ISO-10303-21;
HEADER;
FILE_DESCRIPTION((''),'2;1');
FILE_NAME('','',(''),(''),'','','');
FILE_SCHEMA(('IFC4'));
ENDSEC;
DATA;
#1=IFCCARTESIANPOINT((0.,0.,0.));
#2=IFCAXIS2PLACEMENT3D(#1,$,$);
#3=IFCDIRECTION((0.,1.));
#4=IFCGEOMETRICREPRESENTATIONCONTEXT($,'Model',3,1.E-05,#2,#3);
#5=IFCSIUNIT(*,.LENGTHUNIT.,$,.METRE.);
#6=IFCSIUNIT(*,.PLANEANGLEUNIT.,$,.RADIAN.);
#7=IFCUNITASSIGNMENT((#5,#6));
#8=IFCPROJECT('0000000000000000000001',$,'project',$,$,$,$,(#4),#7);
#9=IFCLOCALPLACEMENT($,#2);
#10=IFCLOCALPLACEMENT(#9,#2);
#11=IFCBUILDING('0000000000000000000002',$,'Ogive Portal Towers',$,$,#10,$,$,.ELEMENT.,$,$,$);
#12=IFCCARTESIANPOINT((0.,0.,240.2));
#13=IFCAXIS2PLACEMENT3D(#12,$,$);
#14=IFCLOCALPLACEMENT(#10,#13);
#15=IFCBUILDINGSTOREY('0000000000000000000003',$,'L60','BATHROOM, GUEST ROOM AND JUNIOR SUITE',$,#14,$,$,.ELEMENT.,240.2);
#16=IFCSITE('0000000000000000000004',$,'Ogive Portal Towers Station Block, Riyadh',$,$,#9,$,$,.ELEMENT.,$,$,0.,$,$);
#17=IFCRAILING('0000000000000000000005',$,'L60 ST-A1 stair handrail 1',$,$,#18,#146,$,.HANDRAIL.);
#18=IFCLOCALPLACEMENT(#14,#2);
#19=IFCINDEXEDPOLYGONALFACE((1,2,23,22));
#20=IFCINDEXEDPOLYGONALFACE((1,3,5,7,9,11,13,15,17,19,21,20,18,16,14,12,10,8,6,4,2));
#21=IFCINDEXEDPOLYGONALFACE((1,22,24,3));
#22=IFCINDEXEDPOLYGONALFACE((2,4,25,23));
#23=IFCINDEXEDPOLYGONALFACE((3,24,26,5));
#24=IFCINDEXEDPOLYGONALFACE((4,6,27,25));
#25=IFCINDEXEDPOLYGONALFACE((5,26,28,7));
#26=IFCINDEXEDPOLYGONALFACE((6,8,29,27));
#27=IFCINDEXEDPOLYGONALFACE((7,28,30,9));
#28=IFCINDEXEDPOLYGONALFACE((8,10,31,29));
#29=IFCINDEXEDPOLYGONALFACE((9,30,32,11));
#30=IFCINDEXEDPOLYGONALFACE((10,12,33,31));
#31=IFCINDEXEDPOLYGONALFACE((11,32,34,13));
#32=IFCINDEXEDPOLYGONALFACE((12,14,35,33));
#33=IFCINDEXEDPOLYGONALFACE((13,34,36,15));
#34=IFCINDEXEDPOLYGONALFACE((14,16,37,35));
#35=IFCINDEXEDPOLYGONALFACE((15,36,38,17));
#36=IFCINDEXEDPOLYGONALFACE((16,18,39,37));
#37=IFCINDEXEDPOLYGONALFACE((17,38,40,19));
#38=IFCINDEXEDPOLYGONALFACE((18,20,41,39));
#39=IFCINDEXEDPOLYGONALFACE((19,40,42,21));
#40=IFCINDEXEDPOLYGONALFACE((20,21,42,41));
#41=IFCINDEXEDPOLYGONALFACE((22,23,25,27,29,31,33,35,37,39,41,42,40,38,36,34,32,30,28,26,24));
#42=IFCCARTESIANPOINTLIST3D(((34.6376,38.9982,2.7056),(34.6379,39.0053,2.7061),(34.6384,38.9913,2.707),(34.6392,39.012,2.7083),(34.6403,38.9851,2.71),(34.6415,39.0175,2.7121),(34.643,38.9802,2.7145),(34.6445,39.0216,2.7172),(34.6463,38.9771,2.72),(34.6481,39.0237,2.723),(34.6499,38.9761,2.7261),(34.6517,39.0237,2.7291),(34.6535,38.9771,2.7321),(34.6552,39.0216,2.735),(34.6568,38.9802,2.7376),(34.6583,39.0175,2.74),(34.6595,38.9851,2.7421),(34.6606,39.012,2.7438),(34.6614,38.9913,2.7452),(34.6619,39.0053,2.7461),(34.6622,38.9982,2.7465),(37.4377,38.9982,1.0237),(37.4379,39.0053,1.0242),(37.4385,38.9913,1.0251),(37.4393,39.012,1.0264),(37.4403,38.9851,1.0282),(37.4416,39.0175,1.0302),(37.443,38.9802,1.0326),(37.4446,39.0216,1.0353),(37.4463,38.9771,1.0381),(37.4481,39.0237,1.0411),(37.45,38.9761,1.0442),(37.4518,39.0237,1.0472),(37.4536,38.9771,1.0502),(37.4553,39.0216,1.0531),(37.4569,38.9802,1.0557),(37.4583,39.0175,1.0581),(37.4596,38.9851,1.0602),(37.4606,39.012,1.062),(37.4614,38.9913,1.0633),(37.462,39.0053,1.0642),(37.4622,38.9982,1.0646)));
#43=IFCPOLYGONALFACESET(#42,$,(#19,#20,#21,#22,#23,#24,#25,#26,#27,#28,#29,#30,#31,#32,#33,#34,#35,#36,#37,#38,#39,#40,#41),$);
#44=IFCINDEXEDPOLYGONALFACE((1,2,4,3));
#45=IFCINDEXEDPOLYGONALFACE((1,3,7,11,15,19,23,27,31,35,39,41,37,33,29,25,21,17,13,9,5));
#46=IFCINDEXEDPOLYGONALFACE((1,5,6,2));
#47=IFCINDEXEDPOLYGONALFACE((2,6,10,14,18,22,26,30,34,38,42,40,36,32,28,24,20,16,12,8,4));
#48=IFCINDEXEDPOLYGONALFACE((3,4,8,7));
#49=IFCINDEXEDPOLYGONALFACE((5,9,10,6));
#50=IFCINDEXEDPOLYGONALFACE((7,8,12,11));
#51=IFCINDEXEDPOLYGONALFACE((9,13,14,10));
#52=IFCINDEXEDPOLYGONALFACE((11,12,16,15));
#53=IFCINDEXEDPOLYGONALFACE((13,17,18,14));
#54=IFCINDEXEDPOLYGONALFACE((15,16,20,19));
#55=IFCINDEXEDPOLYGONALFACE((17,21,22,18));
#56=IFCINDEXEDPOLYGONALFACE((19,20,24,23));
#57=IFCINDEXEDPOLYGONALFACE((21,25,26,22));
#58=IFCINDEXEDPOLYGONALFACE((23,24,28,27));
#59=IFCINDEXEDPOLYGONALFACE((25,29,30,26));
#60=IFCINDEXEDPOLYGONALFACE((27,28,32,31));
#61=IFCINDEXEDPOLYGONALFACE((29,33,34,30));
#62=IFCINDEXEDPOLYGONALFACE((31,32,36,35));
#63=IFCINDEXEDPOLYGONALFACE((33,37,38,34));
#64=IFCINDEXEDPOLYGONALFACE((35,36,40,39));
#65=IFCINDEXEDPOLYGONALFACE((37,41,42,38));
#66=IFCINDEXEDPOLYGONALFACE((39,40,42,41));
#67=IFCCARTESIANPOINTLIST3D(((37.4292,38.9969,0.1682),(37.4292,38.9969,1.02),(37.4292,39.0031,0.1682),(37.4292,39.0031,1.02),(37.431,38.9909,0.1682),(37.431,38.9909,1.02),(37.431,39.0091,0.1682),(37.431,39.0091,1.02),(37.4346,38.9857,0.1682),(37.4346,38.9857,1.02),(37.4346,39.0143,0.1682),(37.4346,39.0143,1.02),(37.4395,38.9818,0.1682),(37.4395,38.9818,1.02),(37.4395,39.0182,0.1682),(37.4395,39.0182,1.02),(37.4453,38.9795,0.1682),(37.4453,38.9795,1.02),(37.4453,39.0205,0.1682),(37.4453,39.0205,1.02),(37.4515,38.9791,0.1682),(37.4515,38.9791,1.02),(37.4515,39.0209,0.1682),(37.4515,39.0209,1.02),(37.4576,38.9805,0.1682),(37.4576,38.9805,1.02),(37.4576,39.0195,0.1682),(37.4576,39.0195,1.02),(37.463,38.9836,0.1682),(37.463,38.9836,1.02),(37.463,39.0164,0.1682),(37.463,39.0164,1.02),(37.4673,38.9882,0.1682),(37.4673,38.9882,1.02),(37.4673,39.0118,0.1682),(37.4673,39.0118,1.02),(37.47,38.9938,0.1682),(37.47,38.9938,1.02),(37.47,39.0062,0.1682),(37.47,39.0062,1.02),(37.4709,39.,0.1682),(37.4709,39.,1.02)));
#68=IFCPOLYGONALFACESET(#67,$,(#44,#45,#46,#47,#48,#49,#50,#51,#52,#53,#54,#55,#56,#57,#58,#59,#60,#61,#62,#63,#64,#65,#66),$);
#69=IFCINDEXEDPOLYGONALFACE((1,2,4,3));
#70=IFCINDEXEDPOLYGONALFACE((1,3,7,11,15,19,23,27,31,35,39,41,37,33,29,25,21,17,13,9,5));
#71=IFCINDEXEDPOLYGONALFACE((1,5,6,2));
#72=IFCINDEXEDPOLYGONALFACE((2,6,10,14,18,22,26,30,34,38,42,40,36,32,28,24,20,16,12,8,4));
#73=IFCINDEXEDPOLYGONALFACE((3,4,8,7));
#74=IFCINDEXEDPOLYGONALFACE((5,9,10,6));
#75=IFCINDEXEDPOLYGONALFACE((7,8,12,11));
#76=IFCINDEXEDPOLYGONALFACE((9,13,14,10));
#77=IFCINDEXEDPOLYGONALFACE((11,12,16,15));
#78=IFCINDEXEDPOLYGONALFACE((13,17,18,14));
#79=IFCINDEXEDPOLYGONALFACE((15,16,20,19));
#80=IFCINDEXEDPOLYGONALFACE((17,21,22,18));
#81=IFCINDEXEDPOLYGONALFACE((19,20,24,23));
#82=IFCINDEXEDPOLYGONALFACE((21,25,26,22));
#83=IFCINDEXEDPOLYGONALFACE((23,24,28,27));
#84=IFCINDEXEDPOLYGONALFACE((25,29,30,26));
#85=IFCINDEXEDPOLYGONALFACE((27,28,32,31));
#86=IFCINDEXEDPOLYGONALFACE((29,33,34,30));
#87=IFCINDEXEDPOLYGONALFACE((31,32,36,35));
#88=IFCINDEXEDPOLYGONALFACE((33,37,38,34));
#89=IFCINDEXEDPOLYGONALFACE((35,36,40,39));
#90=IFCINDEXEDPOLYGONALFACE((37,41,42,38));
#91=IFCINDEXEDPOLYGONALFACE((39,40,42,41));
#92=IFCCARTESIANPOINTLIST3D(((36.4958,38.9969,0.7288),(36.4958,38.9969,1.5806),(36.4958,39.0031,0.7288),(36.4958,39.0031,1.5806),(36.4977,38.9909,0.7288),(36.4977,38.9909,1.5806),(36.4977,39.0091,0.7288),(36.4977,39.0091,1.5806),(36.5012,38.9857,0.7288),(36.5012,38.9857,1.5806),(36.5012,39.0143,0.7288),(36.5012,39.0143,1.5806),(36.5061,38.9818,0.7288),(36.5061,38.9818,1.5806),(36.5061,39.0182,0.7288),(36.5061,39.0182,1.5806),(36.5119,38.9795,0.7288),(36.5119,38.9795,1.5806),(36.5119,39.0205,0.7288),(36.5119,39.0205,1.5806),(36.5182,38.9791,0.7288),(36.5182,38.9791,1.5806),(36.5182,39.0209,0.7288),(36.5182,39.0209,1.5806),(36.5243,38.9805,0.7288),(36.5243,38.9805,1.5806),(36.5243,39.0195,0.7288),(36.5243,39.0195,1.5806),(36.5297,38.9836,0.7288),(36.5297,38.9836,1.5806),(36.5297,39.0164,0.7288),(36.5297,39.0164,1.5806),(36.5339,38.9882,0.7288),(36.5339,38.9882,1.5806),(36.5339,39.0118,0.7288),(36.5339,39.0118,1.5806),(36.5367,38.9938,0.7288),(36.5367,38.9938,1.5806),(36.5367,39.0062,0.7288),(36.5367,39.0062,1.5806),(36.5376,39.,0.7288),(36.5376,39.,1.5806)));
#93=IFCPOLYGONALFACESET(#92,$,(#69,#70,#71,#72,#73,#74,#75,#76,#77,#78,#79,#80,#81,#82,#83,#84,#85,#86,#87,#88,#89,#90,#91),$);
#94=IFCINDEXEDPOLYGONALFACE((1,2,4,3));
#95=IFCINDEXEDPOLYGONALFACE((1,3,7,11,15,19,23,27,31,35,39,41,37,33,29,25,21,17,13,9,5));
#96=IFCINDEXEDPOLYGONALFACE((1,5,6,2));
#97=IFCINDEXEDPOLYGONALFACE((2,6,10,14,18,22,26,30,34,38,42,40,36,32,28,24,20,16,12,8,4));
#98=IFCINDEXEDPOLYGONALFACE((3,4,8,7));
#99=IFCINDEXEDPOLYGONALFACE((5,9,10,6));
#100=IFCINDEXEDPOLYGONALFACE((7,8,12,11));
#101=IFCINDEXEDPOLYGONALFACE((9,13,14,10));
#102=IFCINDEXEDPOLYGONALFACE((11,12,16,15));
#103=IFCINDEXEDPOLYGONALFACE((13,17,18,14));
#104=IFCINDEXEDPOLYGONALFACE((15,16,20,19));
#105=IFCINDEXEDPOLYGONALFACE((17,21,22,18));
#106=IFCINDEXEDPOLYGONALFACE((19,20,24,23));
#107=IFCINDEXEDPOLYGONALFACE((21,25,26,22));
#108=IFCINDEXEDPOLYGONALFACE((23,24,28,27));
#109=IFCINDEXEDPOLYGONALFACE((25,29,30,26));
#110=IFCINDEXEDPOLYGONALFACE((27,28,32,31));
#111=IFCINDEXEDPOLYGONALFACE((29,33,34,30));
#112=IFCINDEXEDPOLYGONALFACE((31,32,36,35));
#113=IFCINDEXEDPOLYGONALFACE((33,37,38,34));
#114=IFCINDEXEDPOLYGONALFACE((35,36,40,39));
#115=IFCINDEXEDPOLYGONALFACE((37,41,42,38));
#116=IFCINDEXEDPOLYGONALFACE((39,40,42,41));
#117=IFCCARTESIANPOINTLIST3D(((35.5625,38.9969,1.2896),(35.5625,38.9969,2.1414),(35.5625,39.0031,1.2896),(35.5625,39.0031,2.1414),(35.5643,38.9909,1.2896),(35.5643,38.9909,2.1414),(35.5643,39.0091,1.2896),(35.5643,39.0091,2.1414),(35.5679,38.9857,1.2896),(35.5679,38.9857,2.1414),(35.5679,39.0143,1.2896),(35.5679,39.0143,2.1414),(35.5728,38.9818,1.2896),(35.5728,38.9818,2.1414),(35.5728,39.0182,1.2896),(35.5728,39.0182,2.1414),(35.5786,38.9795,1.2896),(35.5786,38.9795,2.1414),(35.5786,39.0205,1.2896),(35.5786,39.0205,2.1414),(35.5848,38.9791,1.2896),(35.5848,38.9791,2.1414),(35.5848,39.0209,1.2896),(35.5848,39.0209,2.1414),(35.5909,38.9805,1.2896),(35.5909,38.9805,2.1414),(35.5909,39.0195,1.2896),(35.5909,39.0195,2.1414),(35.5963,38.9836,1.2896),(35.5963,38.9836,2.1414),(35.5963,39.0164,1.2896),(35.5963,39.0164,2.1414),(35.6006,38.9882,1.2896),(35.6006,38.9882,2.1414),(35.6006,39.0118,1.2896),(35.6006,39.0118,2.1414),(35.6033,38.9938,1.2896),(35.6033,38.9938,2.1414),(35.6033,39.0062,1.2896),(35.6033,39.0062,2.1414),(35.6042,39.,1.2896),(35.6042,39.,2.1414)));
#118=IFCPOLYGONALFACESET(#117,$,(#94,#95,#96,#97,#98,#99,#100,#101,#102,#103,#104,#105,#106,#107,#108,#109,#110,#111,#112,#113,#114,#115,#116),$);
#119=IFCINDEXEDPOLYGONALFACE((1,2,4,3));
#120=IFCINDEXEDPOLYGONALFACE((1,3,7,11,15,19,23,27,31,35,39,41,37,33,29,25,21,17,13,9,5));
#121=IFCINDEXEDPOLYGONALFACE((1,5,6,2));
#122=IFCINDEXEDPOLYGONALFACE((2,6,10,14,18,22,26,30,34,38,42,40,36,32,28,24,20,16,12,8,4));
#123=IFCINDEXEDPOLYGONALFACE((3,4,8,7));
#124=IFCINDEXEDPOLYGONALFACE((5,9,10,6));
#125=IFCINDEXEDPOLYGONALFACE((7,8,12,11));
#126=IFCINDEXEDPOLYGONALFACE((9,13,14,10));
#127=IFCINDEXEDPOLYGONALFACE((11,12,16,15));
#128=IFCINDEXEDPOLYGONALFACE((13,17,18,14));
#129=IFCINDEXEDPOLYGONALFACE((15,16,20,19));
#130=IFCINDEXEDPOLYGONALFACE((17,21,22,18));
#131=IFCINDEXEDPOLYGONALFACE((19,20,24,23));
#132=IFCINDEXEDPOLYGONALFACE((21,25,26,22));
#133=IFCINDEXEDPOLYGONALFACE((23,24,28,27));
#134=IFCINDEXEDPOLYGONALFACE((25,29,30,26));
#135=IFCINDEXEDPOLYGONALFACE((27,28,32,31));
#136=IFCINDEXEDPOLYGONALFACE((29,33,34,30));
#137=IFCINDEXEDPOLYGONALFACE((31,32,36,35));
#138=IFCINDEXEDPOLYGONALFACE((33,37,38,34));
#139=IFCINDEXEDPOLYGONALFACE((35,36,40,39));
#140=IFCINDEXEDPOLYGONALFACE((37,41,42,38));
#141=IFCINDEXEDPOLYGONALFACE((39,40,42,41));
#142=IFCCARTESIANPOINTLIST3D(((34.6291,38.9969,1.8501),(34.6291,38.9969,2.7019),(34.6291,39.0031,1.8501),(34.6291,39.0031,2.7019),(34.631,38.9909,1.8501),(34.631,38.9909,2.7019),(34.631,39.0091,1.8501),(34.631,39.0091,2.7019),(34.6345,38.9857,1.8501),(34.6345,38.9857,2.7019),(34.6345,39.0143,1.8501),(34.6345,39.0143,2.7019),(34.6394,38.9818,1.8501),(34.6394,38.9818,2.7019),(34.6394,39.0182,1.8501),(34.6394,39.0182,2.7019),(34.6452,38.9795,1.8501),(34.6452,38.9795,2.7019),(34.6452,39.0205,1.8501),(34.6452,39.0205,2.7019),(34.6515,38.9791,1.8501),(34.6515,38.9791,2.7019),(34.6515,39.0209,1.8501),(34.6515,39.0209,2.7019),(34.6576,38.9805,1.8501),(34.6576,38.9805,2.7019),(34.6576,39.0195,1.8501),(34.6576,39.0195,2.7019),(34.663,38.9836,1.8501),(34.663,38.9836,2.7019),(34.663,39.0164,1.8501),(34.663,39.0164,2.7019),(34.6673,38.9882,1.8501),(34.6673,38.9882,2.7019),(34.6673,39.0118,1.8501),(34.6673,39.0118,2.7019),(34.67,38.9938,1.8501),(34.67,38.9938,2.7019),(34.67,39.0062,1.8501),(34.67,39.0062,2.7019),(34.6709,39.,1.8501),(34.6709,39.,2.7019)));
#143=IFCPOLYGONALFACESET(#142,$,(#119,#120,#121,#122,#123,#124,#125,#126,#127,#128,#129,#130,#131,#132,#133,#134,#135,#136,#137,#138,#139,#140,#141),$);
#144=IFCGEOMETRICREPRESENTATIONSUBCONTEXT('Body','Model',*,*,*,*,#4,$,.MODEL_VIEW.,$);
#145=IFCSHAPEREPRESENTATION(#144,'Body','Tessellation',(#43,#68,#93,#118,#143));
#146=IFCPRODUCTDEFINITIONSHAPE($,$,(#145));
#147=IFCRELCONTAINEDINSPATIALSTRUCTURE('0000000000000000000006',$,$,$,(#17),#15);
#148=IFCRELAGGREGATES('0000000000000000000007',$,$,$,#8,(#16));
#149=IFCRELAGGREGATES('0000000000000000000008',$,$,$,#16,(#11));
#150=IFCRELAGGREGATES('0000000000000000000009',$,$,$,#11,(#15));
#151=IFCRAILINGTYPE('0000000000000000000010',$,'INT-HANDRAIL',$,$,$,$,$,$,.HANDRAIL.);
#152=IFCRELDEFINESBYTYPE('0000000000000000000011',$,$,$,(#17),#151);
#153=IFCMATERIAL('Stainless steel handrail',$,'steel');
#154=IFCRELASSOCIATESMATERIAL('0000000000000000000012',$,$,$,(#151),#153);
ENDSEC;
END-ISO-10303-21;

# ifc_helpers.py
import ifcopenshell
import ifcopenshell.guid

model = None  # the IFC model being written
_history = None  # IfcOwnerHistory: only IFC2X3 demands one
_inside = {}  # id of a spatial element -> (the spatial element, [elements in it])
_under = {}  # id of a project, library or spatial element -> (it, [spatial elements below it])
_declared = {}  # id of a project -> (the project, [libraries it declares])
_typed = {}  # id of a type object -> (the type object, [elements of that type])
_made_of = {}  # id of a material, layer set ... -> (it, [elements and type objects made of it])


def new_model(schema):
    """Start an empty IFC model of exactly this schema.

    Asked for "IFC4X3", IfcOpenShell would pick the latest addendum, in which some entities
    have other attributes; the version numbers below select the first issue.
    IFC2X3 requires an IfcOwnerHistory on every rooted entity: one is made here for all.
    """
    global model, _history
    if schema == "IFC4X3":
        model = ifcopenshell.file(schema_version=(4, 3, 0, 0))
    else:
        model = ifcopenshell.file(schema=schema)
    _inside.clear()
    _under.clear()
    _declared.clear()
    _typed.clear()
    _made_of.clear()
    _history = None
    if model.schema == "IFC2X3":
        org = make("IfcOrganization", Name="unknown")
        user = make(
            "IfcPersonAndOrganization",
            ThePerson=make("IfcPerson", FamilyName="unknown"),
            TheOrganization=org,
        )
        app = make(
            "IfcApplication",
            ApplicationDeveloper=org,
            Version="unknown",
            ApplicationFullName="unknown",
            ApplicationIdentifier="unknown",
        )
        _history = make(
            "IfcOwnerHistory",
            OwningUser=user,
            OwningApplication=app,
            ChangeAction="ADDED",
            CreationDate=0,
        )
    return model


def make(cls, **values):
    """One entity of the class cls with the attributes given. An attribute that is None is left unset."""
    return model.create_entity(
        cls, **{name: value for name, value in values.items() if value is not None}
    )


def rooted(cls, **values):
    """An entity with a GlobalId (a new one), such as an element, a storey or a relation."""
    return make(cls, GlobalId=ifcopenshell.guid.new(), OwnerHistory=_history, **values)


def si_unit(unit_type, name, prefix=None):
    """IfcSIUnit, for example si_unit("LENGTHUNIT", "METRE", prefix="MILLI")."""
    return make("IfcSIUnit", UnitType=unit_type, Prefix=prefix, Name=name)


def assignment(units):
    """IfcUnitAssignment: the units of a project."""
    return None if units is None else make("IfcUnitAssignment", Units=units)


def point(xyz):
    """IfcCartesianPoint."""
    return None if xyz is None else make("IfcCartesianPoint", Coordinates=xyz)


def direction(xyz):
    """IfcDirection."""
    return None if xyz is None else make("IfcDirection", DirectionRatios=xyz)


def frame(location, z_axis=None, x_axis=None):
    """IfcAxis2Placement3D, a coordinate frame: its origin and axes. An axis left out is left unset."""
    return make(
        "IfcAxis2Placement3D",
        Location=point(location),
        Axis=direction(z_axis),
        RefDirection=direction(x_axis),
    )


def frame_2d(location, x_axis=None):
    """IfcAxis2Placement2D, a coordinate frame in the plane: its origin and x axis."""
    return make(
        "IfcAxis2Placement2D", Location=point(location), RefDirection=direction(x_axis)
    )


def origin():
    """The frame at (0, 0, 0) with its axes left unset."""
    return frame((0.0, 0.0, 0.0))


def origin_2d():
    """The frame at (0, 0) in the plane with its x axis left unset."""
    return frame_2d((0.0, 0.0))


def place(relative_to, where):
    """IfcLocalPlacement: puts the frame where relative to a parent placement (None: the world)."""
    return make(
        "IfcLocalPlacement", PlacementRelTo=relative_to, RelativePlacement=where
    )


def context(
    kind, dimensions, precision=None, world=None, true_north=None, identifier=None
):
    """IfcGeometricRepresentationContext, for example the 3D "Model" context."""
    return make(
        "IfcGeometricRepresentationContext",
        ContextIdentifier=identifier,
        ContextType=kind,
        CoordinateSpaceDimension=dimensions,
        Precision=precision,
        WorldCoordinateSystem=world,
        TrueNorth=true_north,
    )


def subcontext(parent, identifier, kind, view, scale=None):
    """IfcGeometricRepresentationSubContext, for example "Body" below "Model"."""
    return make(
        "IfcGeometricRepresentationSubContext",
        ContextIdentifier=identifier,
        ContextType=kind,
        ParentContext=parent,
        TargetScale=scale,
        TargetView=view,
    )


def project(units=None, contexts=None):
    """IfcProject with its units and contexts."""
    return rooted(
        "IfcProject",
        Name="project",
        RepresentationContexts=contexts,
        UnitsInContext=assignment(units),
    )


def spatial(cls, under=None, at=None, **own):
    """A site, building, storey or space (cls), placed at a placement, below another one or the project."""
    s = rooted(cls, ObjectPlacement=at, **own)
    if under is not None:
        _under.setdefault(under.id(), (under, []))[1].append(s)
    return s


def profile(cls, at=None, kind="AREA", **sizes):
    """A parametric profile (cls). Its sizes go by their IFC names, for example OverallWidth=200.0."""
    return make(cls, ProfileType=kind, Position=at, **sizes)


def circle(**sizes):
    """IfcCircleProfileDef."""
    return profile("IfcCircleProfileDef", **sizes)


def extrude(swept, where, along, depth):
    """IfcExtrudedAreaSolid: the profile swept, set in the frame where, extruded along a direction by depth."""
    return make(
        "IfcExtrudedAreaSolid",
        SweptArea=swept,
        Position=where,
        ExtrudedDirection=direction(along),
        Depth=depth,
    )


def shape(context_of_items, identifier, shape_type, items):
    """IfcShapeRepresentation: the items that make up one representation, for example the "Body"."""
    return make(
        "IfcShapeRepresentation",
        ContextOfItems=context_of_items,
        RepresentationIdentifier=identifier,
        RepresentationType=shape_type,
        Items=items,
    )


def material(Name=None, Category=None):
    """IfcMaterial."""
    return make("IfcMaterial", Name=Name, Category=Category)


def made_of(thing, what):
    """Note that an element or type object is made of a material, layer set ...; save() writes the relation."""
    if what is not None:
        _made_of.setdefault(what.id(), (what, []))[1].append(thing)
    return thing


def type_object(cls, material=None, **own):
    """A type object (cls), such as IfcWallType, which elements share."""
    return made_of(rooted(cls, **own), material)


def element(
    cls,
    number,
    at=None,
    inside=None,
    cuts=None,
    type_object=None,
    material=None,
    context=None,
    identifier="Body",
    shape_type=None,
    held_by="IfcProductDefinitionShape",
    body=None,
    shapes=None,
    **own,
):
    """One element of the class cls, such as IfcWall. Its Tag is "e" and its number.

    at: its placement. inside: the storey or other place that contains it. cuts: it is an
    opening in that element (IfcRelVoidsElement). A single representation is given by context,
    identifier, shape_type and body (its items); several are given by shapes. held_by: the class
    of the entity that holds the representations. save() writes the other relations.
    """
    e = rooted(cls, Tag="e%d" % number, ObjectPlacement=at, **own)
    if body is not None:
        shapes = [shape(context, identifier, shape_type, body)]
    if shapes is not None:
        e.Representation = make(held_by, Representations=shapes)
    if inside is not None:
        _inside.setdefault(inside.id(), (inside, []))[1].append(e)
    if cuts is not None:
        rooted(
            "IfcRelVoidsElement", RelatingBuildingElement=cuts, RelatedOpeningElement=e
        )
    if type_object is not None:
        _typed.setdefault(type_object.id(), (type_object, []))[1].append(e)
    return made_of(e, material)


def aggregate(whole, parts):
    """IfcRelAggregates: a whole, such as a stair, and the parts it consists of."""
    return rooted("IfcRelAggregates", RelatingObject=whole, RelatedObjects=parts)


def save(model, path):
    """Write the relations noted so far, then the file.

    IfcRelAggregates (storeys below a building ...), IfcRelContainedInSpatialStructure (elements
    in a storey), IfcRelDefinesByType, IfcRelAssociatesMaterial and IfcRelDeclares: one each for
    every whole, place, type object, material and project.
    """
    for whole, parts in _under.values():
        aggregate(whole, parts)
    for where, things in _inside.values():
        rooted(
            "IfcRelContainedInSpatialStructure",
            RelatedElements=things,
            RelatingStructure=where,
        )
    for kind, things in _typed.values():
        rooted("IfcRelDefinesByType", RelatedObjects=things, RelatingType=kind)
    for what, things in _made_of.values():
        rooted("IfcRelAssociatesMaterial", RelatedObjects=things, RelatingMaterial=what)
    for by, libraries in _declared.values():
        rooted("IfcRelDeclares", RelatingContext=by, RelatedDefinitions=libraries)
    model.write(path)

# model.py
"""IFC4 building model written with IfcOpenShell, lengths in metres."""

from ifc_helpers import new_model, si_unit, direction, frame, origin, origin_2d, place, context, subcontext, project, spatial, circle, extrude, material, type_object, element, save


model = new_model("IFC4")

# Units and contexts
model_context = context("Model", 3, precision=1e-05, world=origin(), true_north=direction((0.0, 1.0)))
body_context = subcontext(model_context, "Body", "Model", "MODEL_VIEW")
ifc_project = project(units=[si_unit("LENGTHUNIT", "METRE"), si_unit("PLANEANGLEUNIT", "RADIAN")], contexts=[model_context])

# Site, building, storey
site_placement = place(None, origin())
site = spatial("IfcSite", under=ifc_project, at=site_placement, Name="Ogive Portal Towers Station Block, Riyadh", CompositionType="ELEMENT", RefElevation=0.0)
building_placement = place(site_placement, origin())
building = spatial("IfcBuilding", under=site, at=building_placement, Name="Ogive Portal Towers", CompositionType="ELEMENT")
storey_placement = place(building_placement, frame((0.0, 0.0, 240.2)))
storey = spatial("IfcBuildingStorey", under=building, at=storey_placement, Name="L60", Description="BATHROOM, GUEST ROOM AND JUNIOR SUITE", CompositionType="ELEMENT", Elevation=240.2)

# Railing
ifc_material_1 = material(Name="Stainless steel handrail", Category="steel")
railing_type_1 = type_object("IfcRailingType", Name="INT-HANDRAIL", PredefinedType="HANDRAIL", material=ifc_material_1)
railing_1_placement = place(storey_placement, frame((37.45, 39.0, 0.1682)))
element("IfcRailing", 1, at=railing_1_placement, inside=storey, type_object=railing_type_1, Name="L60 ST-A1 stair handrail 1", PredefinedType="HANDRAIL", context=body_context, shape_type="SweptSolid", body=[
    extrude(circle(Radius=0.0239, at=origin_2d()), frame((0.0, 0.0, 0.876), z_axis=(-0.857242, 0.0, 0.514913), x_axis=(0.0, -1.0, 0.0)), (0.0, 0.0, 1.0), 3.2664),
    extrude(circle(Radius=0.021, at=origin_2d()), origin(), (0.0, 0.0, 1.0), 0.8518),
    extrude(circle(Radius=0.021, at=origin_2d()), frame((-0.9333, 0.0, 0.5605)), (0.0, 0.0, 1.0), 0.8518),
    extrude(circle(Radius=0.021, at=origin_2d()), frame((-1.8667, 0.0, 1.1213)), (0.0, 0.0, 1.0), 0.8518),
    extrude(circle(Radius=0.021, at=origin_2d()), frame((-2.8, 0.0, 1.6819)), (0.0, 0.0, 1.0), 0.8518),
])

save(model, "model.ifc")
